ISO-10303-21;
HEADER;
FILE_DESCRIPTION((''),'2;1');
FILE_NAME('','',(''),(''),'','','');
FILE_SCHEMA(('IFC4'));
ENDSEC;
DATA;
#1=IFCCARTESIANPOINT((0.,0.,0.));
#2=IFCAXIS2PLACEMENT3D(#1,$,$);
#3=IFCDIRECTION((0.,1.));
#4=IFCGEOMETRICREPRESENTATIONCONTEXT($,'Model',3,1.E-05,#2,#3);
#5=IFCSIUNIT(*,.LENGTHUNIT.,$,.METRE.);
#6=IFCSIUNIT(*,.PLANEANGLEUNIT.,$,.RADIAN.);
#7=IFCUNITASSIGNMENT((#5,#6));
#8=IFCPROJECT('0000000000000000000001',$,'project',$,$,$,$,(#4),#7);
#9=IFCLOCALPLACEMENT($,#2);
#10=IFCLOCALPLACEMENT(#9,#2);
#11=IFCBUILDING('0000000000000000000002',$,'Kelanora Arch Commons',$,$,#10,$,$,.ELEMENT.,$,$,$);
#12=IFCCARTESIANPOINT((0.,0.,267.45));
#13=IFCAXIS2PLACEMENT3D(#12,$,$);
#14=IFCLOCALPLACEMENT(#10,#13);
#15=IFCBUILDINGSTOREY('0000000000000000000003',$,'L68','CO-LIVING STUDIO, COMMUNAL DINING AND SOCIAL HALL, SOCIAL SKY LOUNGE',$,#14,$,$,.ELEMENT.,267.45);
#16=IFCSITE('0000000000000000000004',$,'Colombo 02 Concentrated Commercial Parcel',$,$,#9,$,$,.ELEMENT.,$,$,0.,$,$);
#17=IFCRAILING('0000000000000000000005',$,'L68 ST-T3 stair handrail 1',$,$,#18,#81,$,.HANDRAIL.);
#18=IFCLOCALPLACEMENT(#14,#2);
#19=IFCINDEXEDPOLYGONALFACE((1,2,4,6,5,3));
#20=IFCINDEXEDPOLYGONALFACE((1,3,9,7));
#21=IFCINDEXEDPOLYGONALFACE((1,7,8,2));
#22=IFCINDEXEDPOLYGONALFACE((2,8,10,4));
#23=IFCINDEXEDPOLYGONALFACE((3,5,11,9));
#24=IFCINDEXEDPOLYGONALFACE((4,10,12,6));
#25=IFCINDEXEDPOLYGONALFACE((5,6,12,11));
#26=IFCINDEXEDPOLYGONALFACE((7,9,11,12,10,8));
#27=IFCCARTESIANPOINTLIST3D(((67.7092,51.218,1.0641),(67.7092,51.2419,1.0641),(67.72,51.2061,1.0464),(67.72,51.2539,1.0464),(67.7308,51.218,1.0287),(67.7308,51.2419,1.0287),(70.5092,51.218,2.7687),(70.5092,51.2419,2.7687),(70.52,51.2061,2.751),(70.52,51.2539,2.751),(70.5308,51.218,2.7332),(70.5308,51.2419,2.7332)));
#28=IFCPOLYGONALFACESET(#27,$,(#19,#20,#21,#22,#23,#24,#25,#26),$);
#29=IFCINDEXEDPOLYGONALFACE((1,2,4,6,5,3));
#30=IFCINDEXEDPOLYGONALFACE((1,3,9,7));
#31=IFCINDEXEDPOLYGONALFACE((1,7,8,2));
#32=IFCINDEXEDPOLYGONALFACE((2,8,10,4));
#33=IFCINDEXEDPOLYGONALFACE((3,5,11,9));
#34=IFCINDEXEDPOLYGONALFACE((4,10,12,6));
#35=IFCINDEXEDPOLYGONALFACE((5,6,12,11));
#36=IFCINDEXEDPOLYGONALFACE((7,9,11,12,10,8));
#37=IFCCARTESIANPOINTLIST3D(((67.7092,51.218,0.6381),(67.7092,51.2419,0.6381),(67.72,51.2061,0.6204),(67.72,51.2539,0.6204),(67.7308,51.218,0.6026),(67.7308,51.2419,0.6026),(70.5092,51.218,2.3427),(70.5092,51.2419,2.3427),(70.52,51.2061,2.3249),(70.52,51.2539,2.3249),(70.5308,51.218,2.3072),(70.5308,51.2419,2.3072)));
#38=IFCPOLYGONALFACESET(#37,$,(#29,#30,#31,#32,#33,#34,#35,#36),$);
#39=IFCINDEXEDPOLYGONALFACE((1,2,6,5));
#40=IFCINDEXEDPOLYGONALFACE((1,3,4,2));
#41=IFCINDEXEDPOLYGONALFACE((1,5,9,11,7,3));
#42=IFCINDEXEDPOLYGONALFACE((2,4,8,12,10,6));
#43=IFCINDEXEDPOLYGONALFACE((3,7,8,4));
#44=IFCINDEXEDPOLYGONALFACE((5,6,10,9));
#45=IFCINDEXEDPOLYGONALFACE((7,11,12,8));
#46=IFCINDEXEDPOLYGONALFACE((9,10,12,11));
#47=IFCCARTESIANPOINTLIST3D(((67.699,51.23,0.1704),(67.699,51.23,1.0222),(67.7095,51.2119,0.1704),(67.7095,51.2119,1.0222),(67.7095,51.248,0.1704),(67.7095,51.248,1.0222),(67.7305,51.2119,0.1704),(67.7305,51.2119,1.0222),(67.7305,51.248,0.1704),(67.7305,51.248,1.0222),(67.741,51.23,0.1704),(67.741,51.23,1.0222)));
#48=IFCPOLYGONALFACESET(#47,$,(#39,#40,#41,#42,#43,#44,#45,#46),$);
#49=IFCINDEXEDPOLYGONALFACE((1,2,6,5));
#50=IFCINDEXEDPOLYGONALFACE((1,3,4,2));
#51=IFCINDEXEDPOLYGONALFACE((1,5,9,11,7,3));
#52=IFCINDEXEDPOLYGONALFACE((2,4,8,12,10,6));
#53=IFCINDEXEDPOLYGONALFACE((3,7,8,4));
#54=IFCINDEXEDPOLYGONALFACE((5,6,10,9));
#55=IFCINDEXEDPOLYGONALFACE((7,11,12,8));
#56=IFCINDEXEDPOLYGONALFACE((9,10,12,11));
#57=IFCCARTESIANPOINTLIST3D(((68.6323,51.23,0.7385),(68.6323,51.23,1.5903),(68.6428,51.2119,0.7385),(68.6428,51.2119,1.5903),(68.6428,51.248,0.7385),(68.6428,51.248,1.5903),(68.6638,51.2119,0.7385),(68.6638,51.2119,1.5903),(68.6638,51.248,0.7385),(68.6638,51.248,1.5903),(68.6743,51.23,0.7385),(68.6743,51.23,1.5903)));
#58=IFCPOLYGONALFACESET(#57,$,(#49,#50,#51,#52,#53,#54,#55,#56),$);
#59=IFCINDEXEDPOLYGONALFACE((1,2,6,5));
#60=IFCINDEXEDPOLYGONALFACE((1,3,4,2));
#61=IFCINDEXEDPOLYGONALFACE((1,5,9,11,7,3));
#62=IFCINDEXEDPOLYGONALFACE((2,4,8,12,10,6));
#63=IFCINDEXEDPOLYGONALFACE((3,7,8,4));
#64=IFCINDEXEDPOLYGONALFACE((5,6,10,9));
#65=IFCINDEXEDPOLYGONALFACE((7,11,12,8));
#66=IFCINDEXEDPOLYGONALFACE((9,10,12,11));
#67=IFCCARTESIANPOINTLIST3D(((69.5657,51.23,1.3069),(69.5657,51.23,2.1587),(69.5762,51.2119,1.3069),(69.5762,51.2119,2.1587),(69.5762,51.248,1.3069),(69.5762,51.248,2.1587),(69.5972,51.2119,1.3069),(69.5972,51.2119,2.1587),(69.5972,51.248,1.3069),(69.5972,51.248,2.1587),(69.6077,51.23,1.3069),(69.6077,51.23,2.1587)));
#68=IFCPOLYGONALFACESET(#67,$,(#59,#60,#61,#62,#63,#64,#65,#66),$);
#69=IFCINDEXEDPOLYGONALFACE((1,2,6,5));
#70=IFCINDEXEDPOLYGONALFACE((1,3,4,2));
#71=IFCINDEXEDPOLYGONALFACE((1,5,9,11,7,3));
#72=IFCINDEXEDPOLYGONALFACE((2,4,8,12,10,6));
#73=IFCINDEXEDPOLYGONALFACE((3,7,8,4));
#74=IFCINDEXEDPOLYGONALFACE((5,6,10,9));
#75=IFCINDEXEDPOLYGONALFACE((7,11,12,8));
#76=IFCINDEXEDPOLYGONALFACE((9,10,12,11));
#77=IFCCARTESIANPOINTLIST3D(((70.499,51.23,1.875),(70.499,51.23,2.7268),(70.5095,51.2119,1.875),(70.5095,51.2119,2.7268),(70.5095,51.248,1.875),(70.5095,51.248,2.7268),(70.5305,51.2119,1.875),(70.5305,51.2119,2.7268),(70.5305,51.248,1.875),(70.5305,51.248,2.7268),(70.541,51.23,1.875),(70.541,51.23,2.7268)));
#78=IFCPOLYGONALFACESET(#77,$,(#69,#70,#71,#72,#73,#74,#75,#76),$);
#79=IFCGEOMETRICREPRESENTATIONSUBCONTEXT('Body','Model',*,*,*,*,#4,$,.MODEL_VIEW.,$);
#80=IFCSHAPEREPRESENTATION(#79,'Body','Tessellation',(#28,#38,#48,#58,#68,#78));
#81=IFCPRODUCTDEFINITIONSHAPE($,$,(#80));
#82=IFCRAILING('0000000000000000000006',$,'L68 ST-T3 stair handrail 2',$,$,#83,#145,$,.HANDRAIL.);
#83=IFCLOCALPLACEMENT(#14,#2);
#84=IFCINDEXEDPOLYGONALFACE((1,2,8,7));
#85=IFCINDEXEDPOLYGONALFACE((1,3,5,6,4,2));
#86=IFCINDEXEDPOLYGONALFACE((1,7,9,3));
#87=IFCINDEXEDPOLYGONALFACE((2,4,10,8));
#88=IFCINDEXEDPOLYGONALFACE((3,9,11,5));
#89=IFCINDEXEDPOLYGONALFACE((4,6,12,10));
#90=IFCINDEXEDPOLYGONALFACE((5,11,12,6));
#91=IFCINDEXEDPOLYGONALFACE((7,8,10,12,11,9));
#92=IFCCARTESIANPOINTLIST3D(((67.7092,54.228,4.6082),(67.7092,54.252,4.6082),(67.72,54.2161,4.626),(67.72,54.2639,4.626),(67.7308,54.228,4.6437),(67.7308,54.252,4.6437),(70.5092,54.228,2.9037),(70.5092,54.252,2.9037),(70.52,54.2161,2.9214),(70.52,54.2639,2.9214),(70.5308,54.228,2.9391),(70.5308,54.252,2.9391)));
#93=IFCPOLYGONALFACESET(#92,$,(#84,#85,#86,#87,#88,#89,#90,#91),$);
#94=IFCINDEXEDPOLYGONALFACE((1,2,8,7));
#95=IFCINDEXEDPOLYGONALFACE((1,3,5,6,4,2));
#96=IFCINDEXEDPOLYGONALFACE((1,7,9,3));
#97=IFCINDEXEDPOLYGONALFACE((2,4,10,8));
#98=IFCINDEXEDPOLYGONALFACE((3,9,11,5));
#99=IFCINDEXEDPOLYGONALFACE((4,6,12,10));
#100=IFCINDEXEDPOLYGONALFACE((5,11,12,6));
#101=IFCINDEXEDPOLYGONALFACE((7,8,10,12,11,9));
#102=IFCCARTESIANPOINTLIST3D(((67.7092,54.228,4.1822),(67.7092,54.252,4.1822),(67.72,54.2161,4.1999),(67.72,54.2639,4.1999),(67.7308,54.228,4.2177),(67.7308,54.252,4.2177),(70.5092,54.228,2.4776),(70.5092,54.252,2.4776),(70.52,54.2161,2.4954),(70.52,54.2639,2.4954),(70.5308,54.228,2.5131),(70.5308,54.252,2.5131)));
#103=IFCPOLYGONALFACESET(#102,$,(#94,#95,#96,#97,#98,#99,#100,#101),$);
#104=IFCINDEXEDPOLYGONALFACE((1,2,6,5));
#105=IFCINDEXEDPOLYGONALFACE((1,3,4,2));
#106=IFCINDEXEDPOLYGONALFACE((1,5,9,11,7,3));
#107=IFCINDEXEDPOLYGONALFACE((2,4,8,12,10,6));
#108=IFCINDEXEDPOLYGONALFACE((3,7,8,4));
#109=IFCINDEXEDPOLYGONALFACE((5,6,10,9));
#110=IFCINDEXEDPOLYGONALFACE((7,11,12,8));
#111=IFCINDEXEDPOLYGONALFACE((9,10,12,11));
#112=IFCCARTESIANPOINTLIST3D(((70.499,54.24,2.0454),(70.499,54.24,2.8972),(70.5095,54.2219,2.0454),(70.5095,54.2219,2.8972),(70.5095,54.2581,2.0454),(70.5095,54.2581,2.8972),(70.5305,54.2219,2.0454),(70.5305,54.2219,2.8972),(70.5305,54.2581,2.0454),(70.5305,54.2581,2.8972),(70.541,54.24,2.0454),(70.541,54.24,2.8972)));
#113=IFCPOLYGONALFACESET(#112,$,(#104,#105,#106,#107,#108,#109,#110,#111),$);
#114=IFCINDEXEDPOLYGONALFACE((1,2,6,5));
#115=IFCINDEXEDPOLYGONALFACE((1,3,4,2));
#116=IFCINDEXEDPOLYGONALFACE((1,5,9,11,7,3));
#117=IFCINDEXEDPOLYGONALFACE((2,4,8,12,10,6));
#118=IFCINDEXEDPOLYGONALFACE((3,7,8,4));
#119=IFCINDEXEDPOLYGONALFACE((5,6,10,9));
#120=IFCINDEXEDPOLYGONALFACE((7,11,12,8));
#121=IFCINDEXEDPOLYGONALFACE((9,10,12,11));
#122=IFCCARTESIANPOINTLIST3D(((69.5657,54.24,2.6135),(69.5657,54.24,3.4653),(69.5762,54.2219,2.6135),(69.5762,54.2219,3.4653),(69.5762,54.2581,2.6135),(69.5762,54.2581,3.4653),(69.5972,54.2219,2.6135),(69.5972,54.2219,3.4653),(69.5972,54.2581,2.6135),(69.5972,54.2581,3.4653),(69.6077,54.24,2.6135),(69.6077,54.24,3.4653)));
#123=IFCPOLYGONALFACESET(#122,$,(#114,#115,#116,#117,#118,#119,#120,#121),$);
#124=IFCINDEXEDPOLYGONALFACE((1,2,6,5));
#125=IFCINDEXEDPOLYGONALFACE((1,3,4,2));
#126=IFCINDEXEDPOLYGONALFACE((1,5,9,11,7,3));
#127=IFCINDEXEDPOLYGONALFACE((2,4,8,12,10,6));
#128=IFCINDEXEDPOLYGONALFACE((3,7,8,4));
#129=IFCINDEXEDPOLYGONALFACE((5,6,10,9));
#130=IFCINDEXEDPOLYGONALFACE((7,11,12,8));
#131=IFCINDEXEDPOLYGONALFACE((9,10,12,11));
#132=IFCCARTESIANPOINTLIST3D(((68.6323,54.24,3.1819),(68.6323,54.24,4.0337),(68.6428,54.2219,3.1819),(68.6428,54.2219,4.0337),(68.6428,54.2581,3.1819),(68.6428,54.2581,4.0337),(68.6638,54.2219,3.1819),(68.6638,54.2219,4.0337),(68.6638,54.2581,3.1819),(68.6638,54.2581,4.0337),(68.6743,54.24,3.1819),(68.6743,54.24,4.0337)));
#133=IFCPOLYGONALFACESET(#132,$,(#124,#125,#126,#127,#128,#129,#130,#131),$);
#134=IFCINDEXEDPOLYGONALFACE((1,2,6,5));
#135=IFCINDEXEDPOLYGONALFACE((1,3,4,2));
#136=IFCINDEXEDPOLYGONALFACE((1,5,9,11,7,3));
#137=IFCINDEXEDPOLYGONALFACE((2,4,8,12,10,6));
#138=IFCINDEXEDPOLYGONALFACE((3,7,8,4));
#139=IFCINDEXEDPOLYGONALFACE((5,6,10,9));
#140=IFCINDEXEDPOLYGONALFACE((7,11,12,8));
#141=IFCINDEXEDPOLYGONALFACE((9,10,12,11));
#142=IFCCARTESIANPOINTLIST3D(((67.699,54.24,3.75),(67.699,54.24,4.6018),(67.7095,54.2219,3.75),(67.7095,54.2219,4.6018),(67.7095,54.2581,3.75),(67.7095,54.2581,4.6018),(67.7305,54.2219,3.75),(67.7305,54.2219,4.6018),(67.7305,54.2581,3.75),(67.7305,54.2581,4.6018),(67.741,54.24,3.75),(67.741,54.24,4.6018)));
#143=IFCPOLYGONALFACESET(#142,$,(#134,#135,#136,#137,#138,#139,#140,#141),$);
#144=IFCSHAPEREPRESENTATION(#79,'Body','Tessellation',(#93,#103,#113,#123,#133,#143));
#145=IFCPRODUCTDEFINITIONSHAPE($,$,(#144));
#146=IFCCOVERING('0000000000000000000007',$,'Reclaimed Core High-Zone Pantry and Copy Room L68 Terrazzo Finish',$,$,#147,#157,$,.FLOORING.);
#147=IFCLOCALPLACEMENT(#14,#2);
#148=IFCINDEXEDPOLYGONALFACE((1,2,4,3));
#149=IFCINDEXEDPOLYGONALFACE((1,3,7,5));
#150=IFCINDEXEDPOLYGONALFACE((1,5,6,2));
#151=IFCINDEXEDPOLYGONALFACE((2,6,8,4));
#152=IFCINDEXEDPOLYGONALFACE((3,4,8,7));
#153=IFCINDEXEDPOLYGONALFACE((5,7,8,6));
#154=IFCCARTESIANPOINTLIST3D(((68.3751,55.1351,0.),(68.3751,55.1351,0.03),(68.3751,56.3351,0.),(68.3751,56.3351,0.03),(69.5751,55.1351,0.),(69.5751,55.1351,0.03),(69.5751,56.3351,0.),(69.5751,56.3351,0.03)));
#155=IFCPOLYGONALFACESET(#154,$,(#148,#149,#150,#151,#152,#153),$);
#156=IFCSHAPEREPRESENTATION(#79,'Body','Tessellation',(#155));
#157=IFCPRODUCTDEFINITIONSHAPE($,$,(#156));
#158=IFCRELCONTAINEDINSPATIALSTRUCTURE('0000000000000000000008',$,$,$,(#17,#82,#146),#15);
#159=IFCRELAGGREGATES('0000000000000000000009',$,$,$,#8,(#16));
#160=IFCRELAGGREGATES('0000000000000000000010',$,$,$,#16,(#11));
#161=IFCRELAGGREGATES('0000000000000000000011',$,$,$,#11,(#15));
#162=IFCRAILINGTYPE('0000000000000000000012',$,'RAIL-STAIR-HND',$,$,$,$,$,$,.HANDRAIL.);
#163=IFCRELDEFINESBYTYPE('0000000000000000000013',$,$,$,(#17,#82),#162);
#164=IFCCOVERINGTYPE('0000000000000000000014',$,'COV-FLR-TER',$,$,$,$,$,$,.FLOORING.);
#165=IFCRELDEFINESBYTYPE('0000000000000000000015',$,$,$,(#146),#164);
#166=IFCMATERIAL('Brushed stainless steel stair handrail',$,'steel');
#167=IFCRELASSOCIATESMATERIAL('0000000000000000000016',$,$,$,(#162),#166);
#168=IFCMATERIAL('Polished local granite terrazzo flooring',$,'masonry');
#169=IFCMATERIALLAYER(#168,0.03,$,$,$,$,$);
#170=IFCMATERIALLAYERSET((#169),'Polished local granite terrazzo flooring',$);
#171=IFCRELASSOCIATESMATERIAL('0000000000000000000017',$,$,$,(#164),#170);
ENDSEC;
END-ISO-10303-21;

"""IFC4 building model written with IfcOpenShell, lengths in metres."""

from ifc_helpers import new_model, si_unit, direction, frame, origin, origin_2d, place, context, subcontext, project, spatial, polyline, rectangle, outline, extrude, source, transform, mapped, material, layer, layer_set, type_object, element, save


model = new_model("IFC4")

# Units and contexts
model_context = context("Model", 3, precision=1e-05, world=origin(), true_north=direction((0.0, 1.0)))
body_context = subcontext(model_context, "Body", "Model", "MODEL_VIEW")
ifc_project = project(units=[si_unit("LENGTHUNIT", "METRE"), si_unit("PLANEANGLEUNIT", "RADIAN")], contexts=[model_context])

# Site, building, storey
site_placement = place(None, origin())
site = spatial("IfcSite", under=ifc_project, at=site_placement, Name="Colombo 02 Concentrated Commercial Parcel", CompositionType="ELEMENT", RefElevation=0.0)
building_placement = place(site_placement, origin())
building = spatial("IfcBuilding", under=site, at=building_placement, Name="Kelanora Arch Commons", CompositionType="ELEMENT")
storey_placement = place(building_placement, frame((0.0, 0.0, 267.45)))
storey = spatial("IfcBuildingStorey", under=building, at=storey_placement, Name="L68", Description="CO-LIVING STUDIO, COMMUNAL DINING AND SOCIAL HALL, SOCIAL SKY LOUNGE", CompositionType="ELEMENT", Elevation=267.45)

# Railings
ifc_material_1 = material(Name="Brushed stainless steel stair handrail", Category="steel")
railing_type_1 = type_object("IfcRailingType", Name="RAIL-STAIR-HND", PredefinedType="HANDRAIL", material=ifc_material_1)
railing_1_placement = place(storey_placement, frame((67.72, 51.23, 0.1704)))
element("IfcRailing", 1, at=railing_1_placement, inside=storey, type_object=railing_type_1, Name="L68 ST-T3 stair handrail 1", PredefinedType="HANDRAIL", context=body_context, shape_type="SweptSolid", body=[
    extrude(outline(polyline([(0.0239, 0.0), (0.012, 0.0208), (-0.012, 0.0208), (-0.0239, 0.0), (-0.012, -0.0208), (0.012, -0.0208), (0.0239, 0.0)])), frame((0.0, 0.0, 0.876), z_axis=(0.85417, 0.0, 0.519994), x_axis=(0.0, 1.0, 0.0)), (0.0, 0.0, 1.0), 3.2781),
    extrude(outline(polyline([(0.0239, 0.0), (0.012, 0.0208), (-0.012, 0.0208), (-0.0239, 0.0), (-0.012, -0.0208), (0.012, -0.0208), (0.0239, 0.0)])), frame((0.0, 0.0, 0.45), z_axis=(0.85417, 0.0, 0.519994), x_axis=(0.0, 1.0, 0.0)), (0.0, 0.0, 1.0), 3.2781),
    extrude(outline(polyline([(0.021, 0.0), (0.0105, 0.0181), (-0.0105, 0.0181), (-0.021, 0.0), (-0.0105, -0.0181), (0.0105, -0.0181), (0.021, 0.0)])), origin(), (0.0, 0.0, 1.0), 0.8518),
    extrude(outline(polyline([(0.021, 0.0), (0.0105, 0.0181), (-0.0105, 0.0181), (-0.021, 0.0), (-0.0105, -0.0181), (0.0105, -0.0181), (0.021, 0.0)])), frame((0.9333, 0.0, 0.5681)), (0.0, 0.0, 1.0), 0.8518),
    extrude(outline(polyline([(0.021, 0.0), (0.0105, 0.0181), (-0.0105, 0.0181), (-0.021, 0.0), (-0.0105, -0.0181), (0.0105, -0.0181), (0.021, 0.0)])), frame((1.8667, 0.0, 1.1365)), (0.0, 0.0, 1.0), 0.8518),
    extrude(outline(polyline([(0.021, 0.0), (0.0105, 0.0181), (-0.0105, 0.0181), (-0.021, 0.0), (-0.0105, -0.0181), (0.0105, -0.0181), (0.021, 0.0)])), frame((2.8, 0.0, 1.7046)), (0.0, 0.0, 1.0), 0.8518),
])
railing_2_placement = place(storey_placement, frame((70.52, 54.24, 2.0454)))
element("IfcRailing", 2, at=railing_2_placement, inside=storey, type_object=railing_type_1, Name="L68 ST-T3 stair handrail 2", PredefinedType="HANDRAIL", context=body_context, shape_type="SweptSolid", body=[
    extrude(outline(polyline([(0.0239, 0.0), (0.012, 0.0208), (-0.012, 0.0208), (-0.0239, 0.0), (-0.012, -0.0208), (0.012, -0.0208), (0.0239, 0.0)])), frame((0.0, 0.0, 0.876), z_axis=(-0.85417, 0.0, 0.519994), x_axis=(0.0, -1.0, 0.0)), (0.0, 0.0, 1.0), 3.2781),
    extrude(outline(polyline([(0.0239, 0.0), (0.012, 0.0208), (-0.012, 0.0208), (-0.0239, 0.0), (-0.012, -0.0208), (0.012, -0.0208), (0.0239, 0.0)])), frame((0.0, 0.0, 0.45), z_axis=(-0.85417, 0.0, 0.519994), x_axis=(0.0, -1.0, 0.0)), (0.0, 0.0, 1.0), 3.2781),
    extrude(outline(polyline([(0.021, 0.0), (0.0105, 0.0181), (-0.0105, 0.0181), (-0.021, 0.0), (-0.0105, -0.0181), (0.0105, -0.0181), (0.021, 0.0)])), origin(), (0.0, 0.0, 1.0), 0.8518),
    extrude(outline(polyline([(0.021, 0.0), (0.0105, 0.0181), (-0.0105, 0.0181), (-0.021, 0.0), (-0.0105, -0.0181), (0.0105, -0.0181), (0.021, 0.0)])), frame((-0.9333, 0.0, 0.5681)), (0.0, 0.0, 1.0), 0.8518),
    extrude(outline(polyline([(0.021, 0.0), (0.0105, 0.0181), (-0.0105, 0.0181), (-0.021, 0.0), (-0.0105, -0.0181), (0.0105, -0.0181), (0.021, 0.0)])), frame((-1.8667, 0.0, 1.1365)), (0.0, 0.0, 1.0), 0.8518),
    extrude(outline(polyline([(0.021, 0.0), (0.0105, 0.0181), (-0.0105, 0.0181), (-0.021, 0.0), (-0.0105, -0.0181), (0.0105, -0.0181), (0.021, 0.0)])), frame((-2.8, 0.0, 1.7046)), (0.0, 0.0, 1.0), 0.8518),
])

# Covering
ifc_material_2 = material(Name="Polished local granite terrazzo flooring", Category="masonry")
ifc_layer_1 = layer(ifc_material_2, 0.03)
ifc_layer_set_1 = layer_set([ifc_layer_1], Name="Polished local granite terrazzo flooring")
covering_type = type_object("IfcCoveringType", Name="COV-FLR-TER", PredefinedType="FLOORING", material=ifc_layer_set_1)
shared_shape = source(origin(), body_context, "Body", "SweptSolid", [
    extrude(rectangle(XDim=1.2, YDim=1.2, at=origin_2d()), origin(), (0.0, 0.0, 1.0), 0.03),
])
covering_placement = place(storey_placement, frame((68.9751, 55.7351, 0.0), z_axis=(0.0, 0.0, 1.0), x_axis=(1.0, 0.0, 0.0)))
element("IfcCovering", 3, at=covering_placement, inside=storey, type_object=covering_type, Name="Reclaimed Core High-Zone Pantry and Copy Room L68 Terrazzo Finish", PredefinedType="FLOORING", context=body_context, shape_type="MappedRepresentation", body=[
    mapped(shared_shape, transform((0.0, 0.0, 0.0), scale=1.0)),
])

save(model, "model.ifc")
